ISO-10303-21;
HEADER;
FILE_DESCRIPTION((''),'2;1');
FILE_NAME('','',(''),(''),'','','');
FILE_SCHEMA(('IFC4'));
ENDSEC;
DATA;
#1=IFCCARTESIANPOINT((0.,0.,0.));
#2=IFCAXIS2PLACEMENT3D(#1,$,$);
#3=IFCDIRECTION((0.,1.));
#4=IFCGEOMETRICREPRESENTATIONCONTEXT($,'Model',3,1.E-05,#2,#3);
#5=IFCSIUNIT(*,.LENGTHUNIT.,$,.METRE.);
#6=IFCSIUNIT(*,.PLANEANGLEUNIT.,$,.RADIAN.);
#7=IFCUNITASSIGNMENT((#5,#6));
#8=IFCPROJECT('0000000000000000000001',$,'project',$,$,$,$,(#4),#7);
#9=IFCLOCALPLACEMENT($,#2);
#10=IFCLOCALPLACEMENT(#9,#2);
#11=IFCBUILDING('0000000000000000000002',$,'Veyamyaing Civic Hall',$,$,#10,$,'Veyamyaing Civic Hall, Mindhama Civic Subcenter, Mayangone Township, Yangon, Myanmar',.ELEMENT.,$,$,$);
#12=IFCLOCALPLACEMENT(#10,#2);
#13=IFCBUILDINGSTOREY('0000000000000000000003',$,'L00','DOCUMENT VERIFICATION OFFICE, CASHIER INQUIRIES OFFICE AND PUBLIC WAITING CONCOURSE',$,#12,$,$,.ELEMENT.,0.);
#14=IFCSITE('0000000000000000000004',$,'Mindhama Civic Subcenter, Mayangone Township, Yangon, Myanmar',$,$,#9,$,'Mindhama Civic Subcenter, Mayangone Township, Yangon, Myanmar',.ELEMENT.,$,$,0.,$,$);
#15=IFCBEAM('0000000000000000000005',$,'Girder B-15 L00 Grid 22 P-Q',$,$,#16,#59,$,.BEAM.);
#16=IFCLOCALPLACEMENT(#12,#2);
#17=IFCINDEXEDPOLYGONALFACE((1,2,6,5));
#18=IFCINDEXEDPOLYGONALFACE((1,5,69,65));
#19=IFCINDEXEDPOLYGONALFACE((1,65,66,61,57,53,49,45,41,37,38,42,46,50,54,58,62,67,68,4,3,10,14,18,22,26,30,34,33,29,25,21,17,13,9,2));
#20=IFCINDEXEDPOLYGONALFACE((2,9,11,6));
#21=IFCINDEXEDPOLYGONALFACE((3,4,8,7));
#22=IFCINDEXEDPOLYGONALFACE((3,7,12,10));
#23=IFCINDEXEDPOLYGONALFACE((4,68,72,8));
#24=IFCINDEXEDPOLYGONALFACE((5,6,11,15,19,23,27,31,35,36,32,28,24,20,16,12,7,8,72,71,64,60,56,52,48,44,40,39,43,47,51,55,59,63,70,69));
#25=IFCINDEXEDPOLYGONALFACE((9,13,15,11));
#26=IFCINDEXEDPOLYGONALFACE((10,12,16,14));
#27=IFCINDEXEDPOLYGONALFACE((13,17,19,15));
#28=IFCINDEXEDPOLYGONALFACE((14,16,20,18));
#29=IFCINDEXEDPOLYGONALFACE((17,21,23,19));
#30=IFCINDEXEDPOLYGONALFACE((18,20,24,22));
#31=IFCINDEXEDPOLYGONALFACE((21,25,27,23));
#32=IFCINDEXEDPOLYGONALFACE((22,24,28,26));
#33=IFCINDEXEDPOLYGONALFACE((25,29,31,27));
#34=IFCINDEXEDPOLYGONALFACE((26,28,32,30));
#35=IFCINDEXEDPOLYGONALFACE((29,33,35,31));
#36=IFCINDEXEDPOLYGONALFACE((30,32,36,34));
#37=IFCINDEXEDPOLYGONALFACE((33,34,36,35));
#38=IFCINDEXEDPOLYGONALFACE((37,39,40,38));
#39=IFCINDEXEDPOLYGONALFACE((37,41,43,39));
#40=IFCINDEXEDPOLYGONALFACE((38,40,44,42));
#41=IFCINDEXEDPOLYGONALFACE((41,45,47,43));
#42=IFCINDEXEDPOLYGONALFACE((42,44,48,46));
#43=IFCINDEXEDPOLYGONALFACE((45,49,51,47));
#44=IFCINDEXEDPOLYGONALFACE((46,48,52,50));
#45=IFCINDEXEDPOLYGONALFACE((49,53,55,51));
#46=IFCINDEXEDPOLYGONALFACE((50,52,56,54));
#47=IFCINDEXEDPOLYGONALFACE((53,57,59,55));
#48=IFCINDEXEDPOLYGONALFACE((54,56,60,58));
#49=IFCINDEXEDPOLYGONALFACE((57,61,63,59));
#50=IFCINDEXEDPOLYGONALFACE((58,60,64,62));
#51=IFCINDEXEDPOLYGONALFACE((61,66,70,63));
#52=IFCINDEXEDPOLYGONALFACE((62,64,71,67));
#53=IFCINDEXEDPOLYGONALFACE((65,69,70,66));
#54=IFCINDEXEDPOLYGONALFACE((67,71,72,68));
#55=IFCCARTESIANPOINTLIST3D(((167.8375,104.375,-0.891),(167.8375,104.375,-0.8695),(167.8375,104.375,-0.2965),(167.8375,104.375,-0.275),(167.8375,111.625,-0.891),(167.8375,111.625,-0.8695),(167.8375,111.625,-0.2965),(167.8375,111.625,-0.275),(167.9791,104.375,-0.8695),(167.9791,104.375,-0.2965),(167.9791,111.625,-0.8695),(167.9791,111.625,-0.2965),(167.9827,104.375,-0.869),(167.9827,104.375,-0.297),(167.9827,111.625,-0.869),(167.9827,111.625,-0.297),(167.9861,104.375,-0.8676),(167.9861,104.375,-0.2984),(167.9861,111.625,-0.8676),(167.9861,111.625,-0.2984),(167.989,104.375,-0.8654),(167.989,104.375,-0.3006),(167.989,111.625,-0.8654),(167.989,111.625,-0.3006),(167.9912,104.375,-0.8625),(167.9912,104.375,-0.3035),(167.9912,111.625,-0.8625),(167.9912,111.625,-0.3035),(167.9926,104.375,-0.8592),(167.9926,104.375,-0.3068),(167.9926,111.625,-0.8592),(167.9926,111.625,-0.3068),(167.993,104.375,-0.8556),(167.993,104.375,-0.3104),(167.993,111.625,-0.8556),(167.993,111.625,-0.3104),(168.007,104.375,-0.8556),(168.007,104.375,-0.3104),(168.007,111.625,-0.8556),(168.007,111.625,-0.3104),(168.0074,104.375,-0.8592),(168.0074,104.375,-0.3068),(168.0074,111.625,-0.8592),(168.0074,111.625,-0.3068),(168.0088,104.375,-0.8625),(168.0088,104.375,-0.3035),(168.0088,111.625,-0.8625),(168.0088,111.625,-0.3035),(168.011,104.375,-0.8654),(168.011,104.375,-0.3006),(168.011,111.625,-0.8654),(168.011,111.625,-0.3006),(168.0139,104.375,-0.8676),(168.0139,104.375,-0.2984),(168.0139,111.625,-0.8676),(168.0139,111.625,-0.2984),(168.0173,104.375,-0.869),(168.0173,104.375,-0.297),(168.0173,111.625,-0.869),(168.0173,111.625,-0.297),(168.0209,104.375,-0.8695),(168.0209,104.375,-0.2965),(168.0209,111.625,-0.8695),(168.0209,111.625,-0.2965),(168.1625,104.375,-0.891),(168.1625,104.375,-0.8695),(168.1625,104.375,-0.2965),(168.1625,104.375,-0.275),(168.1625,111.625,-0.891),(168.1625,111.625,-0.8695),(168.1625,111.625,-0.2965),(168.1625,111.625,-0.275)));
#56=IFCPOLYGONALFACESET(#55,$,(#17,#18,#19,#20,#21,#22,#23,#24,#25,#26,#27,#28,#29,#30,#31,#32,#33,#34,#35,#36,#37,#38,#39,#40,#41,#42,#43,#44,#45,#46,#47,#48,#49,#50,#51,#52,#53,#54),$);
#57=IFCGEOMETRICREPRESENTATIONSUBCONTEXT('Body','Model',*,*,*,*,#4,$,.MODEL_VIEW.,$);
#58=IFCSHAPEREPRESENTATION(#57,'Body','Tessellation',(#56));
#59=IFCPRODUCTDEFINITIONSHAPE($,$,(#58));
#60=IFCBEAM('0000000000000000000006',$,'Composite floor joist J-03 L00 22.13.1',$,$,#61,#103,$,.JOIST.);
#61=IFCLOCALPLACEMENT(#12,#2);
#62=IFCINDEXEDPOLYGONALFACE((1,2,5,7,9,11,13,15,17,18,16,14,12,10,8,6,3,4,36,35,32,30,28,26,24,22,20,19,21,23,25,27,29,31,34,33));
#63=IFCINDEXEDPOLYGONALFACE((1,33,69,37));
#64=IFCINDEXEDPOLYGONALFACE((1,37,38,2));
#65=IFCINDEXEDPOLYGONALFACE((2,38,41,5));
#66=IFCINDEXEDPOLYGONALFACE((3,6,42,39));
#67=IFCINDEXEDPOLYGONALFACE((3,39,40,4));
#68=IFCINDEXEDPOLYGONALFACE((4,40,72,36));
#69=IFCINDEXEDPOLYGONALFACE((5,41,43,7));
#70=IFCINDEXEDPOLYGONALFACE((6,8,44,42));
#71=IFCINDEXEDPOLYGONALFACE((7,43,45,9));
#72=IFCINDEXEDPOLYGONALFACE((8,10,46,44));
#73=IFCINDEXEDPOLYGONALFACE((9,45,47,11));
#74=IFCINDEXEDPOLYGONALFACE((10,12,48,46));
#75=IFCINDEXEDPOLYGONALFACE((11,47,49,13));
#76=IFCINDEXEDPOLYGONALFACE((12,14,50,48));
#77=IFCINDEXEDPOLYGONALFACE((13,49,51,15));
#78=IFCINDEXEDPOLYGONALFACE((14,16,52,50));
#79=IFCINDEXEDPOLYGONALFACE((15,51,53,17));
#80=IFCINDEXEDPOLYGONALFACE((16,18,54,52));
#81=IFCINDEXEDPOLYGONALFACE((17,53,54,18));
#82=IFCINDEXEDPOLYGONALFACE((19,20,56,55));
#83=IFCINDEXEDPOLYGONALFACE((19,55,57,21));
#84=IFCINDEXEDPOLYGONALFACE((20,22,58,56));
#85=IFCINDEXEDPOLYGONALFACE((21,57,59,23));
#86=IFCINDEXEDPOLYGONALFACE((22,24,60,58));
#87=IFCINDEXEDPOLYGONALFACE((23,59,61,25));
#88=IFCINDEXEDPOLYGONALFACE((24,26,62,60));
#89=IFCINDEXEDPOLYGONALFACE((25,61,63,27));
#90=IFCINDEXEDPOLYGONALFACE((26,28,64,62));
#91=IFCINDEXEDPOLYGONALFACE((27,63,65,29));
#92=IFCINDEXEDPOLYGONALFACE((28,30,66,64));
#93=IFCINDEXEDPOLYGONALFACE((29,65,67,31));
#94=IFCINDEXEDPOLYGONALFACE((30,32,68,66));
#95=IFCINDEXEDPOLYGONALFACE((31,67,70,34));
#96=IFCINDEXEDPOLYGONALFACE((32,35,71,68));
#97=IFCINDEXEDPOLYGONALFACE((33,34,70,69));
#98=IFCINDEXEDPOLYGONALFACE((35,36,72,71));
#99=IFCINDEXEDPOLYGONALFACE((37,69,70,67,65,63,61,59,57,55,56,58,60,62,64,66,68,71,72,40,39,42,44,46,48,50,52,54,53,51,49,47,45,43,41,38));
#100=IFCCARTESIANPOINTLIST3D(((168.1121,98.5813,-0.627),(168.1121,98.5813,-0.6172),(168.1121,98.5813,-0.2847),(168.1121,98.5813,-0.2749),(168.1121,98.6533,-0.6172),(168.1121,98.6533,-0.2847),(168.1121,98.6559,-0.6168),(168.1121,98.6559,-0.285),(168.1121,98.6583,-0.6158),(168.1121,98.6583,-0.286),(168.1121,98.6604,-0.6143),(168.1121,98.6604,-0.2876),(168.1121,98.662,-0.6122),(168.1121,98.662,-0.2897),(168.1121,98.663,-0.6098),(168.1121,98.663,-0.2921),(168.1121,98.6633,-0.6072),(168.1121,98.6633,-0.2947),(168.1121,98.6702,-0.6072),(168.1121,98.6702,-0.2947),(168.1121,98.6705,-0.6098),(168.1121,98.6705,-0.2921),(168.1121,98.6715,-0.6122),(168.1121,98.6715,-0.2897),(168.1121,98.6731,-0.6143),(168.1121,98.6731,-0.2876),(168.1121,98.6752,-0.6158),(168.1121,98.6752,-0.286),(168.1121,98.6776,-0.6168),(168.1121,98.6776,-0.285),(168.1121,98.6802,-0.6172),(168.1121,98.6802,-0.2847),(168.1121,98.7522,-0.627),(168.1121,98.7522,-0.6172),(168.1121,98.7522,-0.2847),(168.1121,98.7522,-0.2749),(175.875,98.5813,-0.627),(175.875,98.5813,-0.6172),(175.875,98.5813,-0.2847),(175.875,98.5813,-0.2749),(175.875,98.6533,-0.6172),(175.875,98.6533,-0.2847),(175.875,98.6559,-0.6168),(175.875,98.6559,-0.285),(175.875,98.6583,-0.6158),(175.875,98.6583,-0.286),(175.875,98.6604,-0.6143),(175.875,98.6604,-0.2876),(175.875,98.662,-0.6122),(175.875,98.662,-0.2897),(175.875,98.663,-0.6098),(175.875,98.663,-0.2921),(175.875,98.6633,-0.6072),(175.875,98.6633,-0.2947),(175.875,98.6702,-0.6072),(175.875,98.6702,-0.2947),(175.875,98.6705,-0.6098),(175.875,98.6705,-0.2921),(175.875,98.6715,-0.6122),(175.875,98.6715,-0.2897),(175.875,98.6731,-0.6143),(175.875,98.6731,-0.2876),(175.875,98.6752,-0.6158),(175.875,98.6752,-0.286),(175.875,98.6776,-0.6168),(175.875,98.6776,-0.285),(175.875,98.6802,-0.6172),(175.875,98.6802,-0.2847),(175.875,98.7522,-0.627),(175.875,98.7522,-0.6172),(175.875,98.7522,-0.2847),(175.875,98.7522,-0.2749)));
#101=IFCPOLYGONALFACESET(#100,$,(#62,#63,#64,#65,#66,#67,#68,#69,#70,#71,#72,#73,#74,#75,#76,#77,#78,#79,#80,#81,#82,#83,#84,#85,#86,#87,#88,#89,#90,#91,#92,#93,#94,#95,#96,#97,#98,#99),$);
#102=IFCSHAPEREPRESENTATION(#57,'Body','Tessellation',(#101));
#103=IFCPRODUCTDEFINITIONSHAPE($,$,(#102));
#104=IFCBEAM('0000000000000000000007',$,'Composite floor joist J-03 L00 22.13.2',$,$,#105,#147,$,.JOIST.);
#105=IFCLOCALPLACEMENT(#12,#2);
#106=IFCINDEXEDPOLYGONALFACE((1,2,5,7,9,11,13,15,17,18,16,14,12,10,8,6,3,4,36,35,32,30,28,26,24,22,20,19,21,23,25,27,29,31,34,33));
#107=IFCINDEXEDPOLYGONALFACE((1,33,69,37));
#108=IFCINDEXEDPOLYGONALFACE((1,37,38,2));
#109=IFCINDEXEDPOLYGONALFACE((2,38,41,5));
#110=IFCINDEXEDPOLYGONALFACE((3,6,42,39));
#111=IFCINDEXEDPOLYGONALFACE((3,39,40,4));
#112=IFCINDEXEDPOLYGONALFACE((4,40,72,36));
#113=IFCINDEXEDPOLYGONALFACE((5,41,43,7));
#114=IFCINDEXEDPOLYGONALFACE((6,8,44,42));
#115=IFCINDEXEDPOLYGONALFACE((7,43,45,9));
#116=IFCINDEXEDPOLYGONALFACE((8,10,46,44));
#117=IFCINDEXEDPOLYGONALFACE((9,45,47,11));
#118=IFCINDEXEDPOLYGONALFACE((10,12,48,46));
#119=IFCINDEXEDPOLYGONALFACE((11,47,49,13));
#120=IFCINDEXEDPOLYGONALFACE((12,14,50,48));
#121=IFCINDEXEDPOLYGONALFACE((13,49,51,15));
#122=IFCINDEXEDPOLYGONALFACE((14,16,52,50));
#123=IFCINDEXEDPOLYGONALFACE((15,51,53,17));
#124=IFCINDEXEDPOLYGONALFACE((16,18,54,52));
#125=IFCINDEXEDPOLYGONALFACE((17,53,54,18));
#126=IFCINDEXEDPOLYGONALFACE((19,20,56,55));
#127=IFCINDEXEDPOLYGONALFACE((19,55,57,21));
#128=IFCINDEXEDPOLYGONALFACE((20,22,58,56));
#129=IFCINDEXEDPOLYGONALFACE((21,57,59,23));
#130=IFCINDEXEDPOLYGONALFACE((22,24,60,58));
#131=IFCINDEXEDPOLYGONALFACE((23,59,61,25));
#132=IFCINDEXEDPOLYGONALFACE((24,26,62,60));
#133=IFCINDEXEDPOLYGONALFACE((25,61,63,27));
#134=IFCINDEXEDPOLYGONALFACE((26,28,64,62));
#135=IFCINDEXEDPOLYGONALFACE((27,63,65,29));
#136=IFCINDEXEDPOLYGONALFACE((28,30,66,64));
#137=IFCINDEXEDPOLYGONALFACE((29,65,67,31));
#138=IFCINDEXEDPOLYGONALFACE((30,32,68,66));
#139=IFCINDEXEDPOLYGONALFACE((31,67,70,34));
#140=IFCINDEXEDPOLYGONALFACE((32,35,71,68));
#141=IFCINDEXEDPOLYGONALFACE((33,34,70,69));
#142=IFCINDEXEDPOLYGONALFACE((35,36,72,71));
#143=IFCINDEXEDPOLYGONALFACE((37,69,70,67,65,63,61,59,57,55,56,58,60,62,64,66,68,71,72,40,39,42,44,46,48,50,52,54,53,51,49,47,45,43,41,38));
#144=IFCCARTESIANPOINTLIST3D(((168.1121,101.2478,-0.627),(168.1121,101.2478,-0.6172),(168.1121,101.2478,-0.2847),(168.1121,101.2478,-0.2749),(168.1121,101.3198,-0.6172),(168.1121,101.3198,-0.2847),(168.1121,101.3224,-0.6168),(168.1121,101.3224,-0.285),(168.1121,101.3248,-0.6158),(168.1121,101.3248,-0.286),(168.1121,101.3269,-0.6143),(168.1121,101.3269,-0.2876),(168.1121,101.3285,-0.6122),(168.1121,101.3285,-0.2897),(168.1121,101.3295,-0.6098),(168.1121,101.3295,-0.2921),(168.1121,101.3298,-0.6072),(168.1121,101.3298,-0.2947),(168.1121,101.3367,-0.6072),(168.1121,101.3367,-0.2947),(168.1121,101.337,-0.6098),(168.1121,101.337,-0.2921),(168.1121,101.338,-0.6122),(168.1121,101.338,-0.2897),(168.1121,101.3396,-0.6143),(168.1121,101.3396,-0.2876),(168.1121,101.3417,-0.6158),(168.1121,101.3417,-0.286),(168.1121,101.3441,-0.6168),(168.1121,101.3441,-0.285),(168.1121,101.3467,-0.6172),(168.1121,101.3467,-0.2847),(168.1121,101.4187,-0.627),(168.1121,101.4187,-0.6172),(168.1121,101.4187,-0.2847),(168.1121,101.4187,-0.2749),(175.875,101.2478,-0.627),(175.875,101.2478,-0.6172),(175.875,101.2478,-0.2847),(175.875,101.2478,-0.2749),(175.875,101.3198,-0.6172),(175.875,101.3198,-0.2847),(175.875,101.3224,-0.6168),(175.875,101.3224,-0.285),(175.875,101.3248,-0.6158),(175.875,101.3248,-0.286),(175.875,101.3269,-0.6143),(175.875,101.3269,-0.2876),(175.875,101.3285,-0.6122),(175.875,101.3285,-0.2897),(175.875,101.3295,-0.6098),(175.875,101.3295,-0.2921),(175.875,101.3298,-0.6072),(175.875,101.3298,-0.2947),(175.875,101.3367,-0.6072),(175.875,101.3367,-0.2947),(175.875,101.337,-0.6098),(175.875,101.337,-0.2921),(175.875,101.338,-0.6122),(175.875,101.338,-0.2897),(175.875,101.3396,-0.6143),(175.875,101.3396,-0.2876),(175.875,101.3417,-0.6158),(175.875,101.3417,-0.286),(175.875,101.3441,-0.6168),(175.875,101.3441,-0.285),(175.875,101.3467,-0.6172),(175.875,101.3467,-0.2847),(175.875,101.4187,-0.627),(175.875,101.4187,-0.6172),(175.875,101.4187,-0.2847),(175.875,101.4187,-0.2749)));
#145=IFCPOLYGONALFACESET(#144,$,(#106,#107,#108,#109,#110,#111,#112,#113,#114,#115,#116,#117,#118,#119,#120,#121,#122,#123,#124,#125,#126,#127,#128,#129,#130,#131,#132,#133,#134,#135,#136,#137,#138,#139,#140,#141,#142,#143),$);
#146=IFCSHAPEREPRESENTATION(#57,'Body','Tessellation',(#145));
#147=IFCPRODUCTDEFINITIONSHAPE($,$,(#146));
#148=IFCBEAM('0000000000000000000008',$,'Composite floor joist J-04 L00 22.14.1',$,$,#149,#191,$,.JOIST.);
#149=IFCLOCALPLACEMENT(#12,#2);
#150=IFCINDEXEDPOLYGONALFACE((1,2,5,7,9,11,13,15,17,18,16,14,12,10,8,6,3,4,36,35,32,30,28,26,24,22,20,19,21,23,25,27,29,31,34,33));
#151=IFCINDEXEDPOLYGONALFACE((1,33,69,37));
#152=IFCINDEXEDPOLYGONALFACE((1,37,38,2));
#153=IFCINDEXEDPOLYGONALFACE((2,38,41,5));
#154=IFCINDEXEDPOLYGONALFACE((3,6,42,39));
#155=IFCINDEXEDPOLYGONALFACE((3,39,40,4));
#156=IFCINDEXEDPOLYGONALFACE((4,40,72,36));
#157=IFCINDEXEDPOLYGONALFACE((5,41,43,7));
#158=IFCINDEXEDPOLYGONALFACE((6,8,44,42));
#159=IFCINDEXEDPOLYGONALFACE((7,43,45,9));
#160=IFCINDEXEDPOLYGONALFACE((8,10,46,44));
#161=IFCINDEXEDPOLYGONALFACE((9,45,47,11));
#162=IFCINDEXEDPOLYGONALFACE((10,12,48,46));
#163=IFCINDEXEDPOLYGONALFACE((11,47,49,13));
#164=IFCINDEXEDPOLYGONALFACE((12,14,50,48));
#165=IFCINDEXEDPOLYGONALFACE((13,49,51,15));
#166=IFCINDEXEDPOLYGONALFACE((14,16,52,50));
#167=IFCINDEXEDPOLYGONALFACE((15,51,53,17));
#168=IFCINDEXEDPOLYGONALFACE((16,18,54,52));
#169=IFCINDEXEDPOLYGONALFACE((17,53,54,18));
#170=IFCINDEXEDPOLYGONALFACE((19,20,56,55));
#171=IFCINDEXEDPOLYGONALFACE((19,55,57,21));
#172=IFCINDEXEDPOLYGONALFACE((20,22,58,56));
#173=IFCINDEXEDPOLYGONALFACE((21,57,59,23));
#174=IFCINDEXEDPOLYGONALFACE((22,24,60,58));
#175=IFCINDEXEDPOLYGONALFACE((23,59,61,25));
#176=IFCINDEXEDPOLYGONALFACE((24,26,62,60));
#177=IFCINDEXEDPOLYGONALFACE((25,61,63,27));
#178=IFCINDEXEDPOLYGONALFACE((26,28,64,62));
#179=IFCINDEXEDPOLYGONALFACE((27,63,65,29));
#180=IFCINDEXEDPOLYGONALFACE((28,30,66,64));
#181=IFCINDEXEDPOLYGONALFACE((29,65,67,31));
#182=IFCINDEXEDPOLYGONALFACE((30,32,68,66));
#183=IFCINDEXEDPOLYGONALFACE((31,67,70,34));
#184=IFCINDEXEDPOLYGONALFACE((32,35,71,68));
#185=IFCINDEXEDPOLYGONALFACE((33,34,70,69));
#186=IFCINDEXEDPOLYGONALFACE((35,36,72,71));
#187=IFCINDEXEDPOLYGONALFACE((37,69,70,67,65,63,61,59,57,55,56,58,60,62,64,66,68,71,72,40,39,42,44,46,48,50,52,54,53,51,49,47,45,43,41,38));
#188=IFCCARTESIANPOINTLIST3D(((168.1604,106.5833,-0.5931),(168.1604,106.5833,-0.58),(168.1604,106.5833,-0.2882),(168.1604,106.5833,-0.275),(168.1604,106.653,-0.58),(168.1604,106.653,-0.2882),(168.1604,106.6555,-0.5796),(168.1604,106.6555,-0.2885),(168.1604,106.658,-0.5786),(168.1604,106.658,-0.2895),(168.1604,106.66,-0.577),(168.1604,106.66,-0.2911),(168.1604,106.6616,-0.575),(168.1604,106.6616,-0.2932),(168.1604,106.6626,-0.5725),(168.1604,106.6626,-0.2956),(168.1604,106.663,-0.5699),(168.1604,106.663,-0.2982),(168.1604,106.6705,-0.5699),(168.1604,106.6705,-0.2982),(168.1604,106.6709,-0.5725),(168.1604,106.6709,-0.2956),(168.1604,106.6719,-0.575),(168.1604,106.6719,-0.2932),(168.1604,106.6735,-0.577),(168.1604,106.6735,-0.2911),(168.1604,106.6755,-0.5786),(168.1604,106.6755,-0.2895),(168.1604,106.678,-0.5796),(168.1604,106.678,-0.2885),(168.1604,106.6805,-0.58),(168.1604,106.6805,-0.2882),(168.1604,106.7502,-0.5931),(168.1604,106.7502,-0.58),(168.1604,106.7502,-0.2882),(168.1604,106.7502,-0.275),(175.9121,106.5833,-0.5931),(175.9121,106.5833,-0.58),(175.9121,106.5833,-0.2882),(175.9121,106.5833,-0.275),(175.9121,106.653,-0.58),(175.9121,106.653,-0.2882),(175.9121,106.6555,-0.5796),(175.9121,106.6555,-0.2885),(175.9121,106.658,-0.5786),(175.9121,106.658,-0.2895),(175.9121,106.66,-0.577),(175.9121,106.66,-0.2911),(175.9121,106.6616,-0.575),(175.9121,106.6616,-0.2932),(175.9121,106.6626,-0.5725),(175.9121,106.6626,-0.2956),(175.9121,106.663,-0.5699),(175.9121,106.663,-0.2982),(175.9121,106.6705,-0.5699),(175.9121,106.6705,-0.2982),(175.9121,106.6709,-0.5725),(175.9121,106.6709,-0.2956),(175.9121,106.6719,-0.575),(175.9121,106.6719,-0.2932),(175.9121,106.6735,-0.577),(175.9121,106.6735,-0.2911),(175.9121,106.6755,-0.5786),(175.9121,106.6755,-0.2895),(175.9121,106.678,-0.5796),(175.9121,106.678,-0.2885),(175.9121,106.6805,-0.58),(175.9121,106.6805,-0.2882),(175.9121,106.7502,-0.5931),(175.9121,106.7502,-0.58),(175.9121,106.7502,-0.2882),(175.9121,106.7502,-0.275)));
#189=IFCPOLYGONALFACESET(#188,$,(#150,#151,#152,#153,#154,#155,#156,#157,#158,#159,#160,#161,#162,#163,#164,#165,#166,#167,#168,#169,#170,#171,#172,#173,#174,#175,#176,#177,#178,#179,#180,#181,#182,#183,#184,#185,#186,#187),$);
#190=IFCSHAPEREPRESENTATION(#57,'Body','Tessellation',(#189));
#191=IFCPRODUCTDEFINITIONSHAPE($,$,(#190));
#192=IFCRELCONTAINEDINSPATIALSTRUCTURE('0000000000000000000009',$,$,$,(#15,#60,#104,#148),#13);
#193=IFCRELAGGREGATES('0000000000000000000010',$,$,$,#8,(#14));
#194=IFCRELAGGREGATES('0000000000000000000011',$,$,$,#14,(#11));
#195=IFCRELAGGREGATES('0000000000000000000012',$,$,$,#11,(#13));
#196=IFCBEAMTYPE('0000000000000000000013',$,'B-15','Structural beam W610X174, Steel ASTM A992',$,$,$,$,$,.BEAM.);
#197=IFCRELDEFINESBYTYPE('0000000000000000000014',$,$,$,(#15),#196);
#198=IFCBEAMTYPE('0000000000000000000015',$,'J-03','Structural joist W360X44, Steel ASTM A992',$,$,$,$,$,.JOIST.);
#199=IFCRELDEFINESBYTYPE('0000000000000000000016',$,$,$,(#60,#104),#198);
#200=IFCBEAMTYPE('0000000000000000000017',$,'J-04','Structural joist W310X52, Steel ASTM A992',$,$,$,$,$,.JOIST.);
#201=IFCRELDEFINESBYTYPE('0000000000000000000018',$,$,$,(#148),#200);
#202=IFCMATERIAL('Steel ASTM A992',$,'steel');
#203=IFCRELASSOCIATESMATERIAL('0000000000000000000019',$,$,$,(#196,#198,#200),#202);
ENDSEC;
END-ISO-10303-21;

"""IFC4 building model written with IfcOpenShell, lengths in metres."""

from ifc_helpers import new_model, si_unit, direction, frame, origin, origin_2d, place, context, subcontext, project, spatial, i_section, extrude, material, material_profile, profile_set, type_object, element, save


model = new_model("IFC4")

# Units and contexts
model_context = context("Model", 3, precision=1e-05, world=origin(), true_north=direction((0.0, 1.0)))
body_context = subcontext(model_context, "Body", "Model", "MODEL_VIEW")
ifc_project = project(units=[si_unit("LENGTHUNIT", "METRE"), si_unit("PLANEANGLEUNIT", "RADIAN")], contexts=[model_context])

# Site, building, storey
site_placement = place(None, origin())
site = spatial("IfcSite", under=ifc_project, at=site_placement, Name="Mindhama Civic Subcenter, Mayangone Township, Yangon, Myanmar", LongName="Mindhama Civic Subcenter, Mayangone Township, Yangon, Myanmar", CompositionType="ELEMENT", RefElevation=0.0)
building_placement = place(site_placement, origin())
building = spatial("IfcBuilding", under=site, at=building_placement, Name="Veyamyaing Civic Hall", LongName="Veyamyaing Civic Hall, Mindhama Civic Subcenter, Mayangone Township, Yangon, Myanmar", CompositionType="ELEMENT")
storey_placement = place(building_placement, origin())
storey = spatial("IfcBuildingStorey", under=building, at=storey_placement, Name="L00", Description="DOCUMENT VERIFICATION OFFICE, CASHIER INQUIRIES OFFICE AND PUBLIC WAITING CONCOURSE", CompositionType="ELEMENT", Elevation=0.0)

# Beams
ifc_material_1 = material(Name="Steel ASTM A992", Category="steel")
ifc_material_profile_1 = material_profile(ifc_material_1, i_section(OverallWidth=0.325, OverallDepth=0.616, WebThickness=0.0139, FlangeThickness=0.0215, FilletRadius=0.0139, at=origin_2d()), Name="W610X174")
ifc_profile_set_1 = profile_set([ifc_material_profile_1], Name="Steel ASTM A992")
beam_type_1 = type_object("IfcBeamType", Name="B-15", Description="Structural beam W610X174, Steel ASTM A992", PredefinedType="BEAM", material=ifc_profile_set_1)
beam_1_placement = place(storey_placement, frame((168.0, 104.375, -0.583), z_axis=(0.0, 1.0, 0.0), x_axis=(-1.0, 0.0, 0.0)))
element("IfcBeam", 1, at=beam_1_placement, inside=storey, type_object=beam_type_1, Name="Girder B-15 L00 Grid 22 P-Q", PredefinedType="BEAM", context=body_context, shape_type="SweptSolid", body=[
    extrude(i_section(OverallWidth=0.325, OverallDepth=0.616, WebThickness=0.0139, FlangeThickness=0.0215, FilletRadius=0.0139, at=origin_2d()), origin(), (0.0, 0.0, 1.0), 7.25),
])
ifc_material_profile_2 = material_profile(ifc_material_1, i_section(OverallWidth=0.1709, OverallDepth=0.3521, WebThickness=0.0068, FlangeThickness=0.0098, FilletRadius=0.01, at=origin_2d()), Name="W360X44")
ifc_profile_set_2 = profile_set([ifc_material_profile_2], Name="Steel ASTM A992")
beam_type_2 = type_object("IfcBeamType", Name="J-03", Description="Structural joist W360X44, Steel ASTM A992", PredefinedType="JOIST", material=ifc_profile_set_2)
for number, where, z_axis, x_axis, name in (
    (2, (168.1121, 98.6667, -0.4509), (1.0, 0.0, 0.0), (0.0, 1.0, 0.0), "Composite floor joist J-03 L00 22.13.1"),
    (3, (168.1121, 101.3333, -0.4509), (1.0, 0.0, 0.0), (0.0, 1.0, 0.0), "Composite floor joist J-03 L00 22.13.2"),
):
    element("IfcBeam", number, at=place(storey_placement, frame(where, z_axis=z_axis, x_axis=x_axis)), inside=storey, type_object=beam_type_2, Name=name, PredefinedType="JOIST", context=body_context, shape_type="SweptSolid", body=[
        extrude(i_section(OverallWidth=0.1709, OverallDepth=0.3521, WebThickness=0.0068, FlangeThickness=0.0098, FilletRadius=0.01, at=origin_2d()), origin(), (0.0, 0.0, 1.0), 7.7629),
    ])
ifc_material_profile_3 = material_profile(ifc_material_1, i_section(OverallWidth=0.167, OverallDepth=0.3181, WebThickness=0.0076, FlangeThickness=0.0132, FilletRadius=0.01, at=origin_2d()), Name="W310X52")
ifc_profile_set_3 = profile_set([ifc_material_profile_3], Name="Steel ASTM A992")
beam_type_3 = type_object("IfcBeamType", Name="J-04", Description="Structural joist W310X52, Steel ASTM A992", PredefinedType="JOIST", material=ifc_profile_set_3)
beam_2_placement = place(storey_placement, frame((168.1604, 106.6667, -0.4341), z_axis=(1.0, 0.0, 0.0), x_axis=(0.0, 1.0, 0.0)))
element("IfcBeam", 4, at=beam_2_placement, inside=storey, type_object=beam_type_3, Name="Composite floor joist J-04 L00 22.14.1", PredefinedType="JOIST", context=body_context, shape_type="SweptSolid", body=[
    extrude(i_section(OverallWidth=0.167, OverallDepth=0.3181, WebThickness=0.0076, FlangeThickness=0.0132, FilletRadius=0.01, at=origin_2d()), origin(), (0.0, 0.0, 1.0), 7.7517),
])

save(model, "model.ifc")
